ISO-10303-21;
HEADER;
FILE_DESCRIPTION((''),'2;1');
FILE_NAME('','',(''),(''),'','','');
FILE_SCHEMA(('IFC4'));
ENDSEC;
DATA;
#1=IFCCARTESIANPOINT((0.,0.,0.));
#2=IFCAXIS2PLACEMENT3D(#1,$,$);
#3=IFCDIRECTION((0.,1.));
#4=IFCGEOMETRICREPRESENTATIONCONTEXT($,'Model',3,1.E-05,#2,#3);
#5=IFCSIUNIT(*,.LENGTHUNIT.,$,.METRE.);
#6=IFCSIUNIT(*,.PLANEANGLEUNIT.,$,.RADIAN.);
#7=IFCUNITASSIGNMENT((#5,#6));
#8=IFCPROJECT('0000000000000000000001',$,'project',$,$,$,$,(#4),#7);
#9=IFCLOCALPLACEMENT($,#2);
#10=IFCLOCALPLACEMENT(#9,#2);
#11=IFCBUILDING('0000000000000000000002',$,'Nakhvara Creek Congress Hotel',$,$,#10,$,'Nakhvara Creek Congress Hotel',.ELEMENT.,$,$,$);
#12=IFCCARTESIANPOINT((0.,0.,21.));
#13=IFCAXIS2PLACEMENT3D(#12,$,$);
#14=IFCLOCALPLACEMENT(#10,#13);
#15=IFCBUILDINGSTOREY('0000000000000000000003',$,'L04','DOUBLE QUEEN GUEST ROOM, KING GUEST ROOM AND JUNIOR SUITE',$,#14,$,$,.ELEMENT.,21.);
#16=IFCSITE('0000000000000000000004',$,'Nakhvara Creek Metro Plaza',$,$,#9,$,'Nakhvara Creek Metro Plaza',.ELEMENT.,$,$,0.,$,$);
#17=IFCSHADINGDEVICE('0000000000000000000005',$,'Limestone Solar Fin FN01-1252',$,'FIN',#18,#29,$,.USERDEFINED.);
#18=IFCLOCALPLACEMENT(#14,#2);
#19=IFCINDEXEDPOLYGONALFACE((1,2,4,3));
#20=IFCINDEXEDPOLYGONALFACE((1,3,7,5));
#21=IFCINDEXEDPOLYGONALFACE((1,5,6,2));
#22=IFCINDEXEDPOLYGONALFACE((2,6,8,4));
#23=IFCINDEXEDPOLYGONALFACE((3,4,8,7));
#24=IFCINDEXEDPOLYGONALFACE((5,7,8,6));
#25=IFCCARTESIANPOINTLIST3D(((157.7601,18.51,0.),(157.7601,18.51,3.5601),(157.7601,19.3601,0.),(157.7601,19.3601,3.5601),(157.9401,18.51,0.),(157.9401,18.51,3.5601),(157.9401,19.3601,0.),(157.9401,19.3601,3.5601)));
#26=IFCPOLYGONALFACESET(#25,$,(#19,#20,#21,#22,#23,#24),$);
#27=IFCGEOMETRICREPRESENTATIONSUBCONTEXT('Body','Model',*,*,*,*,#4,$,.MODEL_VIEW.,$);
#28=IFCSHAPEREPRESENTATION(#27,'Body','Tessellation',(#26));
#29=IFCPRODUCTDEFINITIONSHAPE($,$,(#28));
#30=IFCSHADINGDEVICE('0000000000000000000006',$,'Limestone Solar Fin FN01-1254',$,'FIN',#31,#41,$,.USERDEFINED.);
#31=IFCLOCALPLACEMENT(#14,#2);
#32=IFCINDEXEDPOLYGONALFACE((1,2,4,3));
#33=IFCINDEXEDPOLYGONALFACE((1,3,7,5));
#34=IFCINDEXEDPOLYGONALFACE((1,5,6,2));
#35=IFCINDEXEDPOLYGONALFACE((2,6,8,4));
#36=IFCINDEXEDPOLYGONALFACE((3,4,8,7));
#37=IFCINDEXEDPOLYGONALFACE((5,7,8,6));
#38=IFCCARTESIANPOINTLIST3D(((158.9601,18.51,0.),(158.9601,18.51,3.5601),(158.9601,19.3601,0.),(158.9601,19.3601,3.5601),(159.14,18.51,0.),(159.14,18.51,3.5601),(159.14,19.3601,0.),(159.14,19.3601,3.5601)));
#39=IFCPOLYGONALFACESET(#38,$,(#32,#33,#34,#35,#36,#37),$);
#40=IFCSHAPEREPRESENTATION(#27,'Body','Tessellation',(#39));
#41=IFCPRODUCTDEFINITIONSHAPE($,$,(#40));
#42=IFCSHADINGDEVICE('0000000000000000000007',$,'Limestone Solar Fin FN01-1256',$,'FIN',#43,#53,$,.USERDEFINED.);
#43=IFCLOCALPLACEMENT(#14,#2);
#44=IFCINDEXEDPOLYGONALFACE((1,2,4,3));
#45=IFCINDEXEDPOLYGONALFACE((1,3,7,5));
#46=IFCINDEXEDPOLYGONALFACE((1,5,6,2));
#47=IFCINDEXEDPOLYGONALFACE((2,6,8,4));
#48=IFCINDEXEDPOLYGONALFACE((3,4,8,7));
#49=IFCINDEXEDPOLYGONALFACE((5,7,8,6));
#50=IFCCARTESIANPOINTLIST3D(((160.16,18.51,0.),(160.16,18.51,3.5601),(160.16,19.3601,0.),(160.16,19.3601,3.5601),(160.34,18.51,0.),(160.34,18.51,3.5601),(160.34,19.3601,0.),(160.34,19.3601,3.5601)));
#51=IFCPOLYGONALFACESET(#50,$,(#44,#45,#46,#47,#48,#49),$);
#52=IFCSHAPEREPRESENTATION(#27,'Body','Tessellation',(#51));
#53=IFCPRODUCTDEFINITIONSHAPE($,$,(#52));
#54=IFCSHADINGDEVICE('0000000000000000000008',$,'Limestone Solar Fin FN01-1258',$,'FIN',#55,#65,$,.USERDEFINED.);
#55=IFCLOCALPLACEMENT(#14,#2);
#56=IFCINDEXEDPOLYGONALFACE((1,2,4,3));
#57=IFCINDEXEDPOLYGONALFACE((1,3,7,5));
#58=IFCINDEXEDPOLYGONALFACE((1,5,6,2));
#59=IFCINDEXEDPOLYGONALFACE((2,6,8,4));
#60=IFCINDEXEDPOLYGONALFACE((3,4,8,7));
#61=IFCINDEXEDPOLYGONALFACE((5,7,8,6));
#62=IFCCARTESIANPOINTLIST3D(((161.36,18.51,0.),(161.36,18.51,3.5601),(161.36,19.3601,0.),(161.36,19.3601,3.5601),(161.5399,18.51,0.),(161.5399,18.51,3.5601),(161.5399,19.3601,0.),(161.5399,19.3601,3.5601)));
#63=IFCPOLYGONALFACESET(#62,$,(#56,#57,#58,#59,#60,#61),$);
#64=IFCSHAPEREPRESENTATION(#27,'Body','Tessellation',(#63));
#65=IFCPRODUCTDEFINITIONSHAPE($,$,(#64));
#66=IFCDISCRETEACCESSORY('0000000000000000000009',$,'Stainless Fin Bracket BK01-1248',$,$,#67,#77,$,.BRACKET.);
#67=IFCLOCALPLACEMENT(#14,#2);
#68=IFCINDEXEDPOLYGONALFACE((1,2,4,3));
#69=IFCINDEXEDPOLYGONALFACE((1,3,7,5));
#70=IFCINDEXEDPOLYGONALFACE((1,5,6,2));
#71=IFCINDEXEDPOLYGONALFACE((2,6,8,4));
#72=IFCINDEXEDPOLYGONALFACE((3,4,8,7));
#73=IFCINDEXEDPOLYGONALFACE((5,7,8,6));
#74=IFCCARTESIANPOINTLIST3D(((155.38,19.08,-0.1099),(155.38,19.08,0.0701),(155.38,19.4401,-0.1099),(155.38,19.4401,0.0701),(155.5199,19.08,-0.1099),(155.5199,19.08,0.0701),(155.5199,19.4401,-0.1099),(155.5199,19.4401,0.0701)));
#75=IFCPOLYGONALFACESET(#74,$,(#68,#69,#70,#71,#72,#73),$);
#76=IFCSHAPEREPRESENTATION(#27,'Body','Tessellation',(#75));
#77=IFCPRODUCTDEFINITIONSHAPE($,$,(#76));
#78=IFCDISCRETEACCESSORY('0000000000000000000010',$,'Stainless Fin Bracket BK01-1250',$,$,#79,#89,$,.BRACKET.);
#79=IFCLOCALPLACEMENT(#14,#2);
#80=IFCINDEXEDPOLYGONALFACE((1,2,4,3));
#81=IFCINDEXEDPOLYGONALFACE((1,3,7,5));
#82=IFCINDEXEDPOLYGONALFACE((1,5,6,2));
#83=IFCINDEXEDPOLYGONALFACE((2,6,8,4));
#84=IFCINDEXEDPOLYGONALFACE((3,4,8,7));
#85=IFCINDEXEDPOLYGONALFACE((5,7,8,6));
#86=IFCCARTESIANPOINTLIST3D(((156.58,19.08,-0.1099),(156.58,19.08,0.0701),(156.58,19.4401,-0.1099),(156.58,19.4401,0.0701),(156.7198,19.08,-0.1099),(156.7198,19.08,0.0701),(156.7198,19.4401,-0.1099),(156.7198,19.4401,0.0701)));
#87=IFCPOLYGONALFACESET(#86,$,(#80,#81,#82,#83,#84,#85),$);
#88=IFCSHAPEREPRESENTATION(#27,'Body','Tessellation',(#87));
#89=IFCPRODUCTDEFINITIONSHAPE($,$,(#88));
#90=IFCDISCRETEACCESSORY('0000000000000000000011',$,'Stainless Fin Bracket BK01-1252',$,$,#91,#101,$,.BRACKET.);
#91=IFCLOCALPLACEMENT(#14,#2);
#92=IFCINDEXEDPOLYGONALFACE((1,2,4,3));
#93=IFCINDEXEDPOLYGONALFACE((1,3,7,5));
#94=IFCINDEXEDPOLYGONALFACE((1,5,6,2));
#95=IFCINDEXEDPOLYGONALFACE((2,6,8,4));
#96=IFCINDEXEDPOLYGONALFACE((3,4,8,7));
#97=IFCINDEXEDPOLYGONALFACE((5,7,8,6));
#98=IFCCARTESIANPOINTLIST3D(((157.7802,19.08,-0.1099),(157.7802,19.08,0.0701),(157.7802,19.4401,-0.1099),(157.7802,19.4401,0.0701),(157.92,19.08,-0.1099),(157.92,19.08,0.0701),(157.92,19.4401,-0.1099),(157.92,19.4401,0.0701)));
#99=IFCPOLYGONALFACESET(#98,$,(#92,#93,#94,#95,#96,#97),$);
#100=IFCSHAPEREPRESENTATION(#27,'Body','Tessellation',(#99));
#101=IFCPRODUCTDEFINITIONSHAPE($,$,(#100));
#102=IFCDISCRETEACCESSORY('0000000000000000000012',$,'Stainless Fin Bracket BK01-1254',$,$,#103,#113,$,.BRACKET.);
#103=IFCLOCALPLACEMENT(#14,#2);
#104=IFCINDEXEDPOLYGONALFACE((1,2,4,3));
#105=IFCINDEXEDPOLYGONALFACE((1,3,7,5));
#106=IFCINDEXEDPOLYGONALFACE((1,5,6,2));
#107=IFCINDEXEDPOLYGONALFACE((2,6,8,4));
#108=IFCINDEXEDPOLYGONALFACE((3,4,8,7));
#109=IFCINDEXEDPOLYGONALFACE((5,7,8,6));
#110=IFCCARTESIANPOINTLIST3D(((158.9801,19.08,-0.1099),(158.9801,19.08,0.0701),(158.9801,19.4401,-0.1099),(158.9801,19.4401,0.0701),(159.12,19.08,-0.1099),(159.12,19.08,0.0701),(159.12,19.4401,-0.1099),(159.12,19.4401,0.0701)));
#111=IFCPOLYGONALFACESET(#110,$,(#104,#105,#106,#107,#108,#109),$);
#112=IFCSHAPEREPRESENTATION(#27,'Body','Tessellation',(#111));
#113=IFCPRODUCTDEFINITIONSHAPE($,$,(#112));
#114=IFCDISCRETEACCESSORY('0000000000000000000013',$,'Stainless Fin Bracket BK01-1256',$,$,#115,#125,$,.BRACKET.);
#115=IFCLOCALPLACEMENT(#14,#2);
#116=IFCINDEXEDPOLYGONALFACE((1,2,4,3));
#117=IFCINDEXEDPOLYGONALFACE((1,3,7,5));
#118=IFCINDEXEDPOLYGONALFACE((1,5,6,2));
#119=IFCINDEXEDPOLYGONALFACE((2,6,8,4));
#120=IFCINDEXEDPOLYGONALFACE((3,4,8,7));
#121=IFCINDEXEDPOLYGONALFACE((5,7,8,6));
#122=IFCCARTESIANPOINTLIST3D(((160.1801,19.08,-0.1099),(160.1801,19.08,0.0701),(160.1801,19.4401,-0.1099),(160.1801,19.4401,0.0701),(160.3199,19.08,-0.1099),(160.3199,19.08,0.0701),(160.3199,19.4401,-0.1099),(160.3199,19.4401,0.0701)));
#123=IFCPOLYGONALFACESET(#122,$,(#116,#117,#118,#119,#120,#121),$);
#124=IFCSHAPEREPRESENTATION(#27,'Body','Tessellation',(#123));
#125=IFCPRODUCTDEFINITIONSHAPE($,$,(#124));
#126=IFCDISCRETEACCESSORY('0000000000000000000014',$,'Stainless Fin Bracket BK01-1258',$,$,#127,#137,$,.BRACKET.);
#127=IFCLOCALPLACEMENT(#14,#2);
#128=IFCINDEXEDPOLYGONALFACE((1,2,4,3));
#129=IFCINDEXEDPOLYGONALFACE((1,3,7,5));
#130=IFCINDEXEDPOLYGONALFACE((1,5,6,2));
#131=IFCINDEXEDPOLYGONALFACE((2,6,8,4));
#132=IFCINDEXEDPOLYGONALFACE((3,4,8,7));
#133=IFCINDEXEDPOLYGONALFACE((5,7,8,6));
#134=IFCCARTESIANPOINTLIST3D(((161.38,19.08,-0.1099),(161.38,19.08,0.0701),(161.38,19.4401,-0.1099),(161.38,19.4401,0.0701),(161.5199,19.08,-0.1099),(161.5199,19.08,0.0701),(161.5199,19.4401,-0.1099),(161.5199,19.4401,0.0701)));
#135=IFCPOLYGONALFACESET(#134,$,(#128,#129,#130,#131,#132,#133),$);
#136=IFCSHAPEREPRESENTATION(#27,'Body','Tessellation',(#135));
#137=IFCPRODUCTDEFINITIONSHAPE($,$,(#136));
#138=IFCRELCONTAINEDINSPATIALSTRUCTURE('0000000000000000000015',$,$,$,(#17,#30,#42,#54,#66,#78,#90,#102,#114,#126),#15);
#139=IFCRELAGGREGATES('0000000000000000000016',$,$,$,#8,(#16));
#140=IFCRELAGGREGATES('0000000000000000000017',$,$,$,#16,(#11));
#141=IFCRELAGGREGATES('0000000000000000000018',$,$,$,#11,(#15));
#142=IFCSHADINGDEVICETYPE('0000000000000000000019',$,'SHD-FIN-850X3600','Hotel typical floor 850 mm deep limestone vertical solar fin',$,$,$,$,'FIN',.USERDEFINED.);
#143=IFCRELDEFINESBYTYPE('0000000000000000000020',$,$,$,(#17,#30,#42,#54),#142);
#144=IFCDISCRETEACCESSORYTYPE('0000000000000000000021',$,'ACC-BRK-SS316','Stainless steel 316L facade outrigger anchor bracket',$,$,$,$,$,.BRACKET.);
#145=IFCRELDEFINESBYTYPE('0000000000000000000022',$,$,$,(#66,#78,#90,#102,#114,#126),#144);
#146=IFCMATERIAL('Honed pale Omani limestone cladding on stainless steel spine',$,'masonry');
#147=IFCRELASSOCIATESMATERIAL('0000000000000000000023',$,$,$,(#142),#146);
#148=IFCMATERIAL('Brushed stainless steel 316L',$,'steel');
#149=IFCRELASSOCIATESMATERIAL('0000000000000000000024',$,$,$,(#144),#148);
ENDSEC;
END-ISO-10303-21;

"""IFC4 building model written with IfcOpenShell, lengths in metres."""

from ifc_helpers import new_model, si_unit, direction, frame, origin, origin_2d, place, context, subcontext, project, spatial, rectangle, extrude, material, type_object, element, save


model = new_model("IFC4")

# Units and contexts
model_context = context("Model", 3, precision=1e-05, world=origin(), true_north=direction((0.0, 1.0)))
body_context = subcontext(model_context, "Body", "Model", "MODEL_VIEW")
ifc_project = project(units=[si_unit("LENGTHUNIT", "METRE"), si_unit("PLANEANGLEUNIT", "RADIAN")], contexts=[model_context])

# Site, building, storey
site_placement = place(None, origin())
site = spatial("IfcSite", under=ifc_project, at=site_placement, Name="Nakhvara Creek Metro Plaza", LongName="Nakhvara Creek Metro Plaza", CompositionType="ELEMENT", RefElevation=0.0)
building_placement = place(site_placement, origin())
building = spatial("IfcBuilding", under=site, at=building_placement, Name="Nakhvara Creek Congress Hotel", LongName="Nakhvara Creek Congress Hotel", CompositionType="ELEMENT")
storey_placement = place(building_placement, frame((0.0, 0.0, 21.0)))
storey = spatial("IfcBuildingStorey", under=building, at=storey_placement, Name="L04", Description="DOUBLE QUEEN GUEST ROOM, KING GUEST ROOM AND JUNIOR SUITE", CompositionType="ELEMENT", Elevation=21.0)

# Shading devices
ifc_material_1 = material(Name="Honed pale Omani limestone cladding on stainless steel spine", Category="masonry")
shading_device_type = type_object("IfcShadingDeviceType", Name="SHD-FIN-850X3600", Description="Hotel typical floor 850 mm deep limestone vertical solar fin", ElementType="FIN", PredefinedType="USERDEFINED", material=ifc_material_1)
for number, where, z_axis, x_axis, name in (
    (1, (157.8501, 18.9351, 0.0), (0.0, 0.0, 1.0), (1.0, 0.0, 0.0), "Limestone Solar Fin FN01-1252"),
    (2, (159.05, 18.9351, 0.0), (0.0, 0.0, 1.0), (1.0, 0.0, 0.0), "Limestone Solar Fin FN01-1254"),
    (3, (160.25, 18.9351, 0.0), (0.0, 0.0, 1.0), (1.0, 0.0, 0.0), "Limestone Solar Fin FN01-1256"),
    (4, (161.45, 18.9351, 0.0), (0.0, 0.0, 1.0), (1.0, 0.0, 0.0), "Limestone Solar Fin FN01-1258"),
):
    element("IfcShadingDevice", number, at=place(storey_placement, frame(where, z_axis=z_axis, x_axis=x_axis)), inside=storey, type_object=shading_device_type, Name=name, ObjectType="FIN", PredefinedType="USERDEFINED", context=body_context, shape_type="SweptSolid", body=[
        extrude(rectangle(XDim=0.1799, YDim=0.8501, at=origin_2d()), origin(), (0.0, 0.0, 1.0), 3.5601),
    ])

# Discrete accessories
ifc_material_2 = material(Name="Brushed stainless steel 316L", Category="steel")
discrete_accessory_type = type_object("IfcDiscreteAccessoryType", Name="ACC-BRK-SS316", Description="Stainless steel 316L facade outrigger anchor bracket", PredefinedType="BRACKET", material=ifc_material_2)
for number, where, z_axis, x_axis, name in (
    (5, (155.45, 19.26, -0.1099), (0.0, 0.0, 1.0), (1.0, 0.0, 0.0), "Stainless Fin Bracket BK01-1248"),
    (6, (156.6499, 19.26, -0.1099), (0.0, 0.0, 1.0), (1.0, 0.0, 0.0), "Stainless Fin Bracket BK01-1250"),
    (7, (157.8501, 19.26, -0.1099), (0.0, 0.0, 1.0), (1.0, 0.0, 0.0), "Stainless Fin Bracket BK01-1252"),
    (8, (159.05, 19.26, -0.1099), (0.0, 0.0, 1.0), (1.0, 0.0, 0.0), "Stainless Fin Bracket BK01-1254"),
    (9, (160.25, 19.26, -0.1099), (0.0, 0.0, 1.0), (1.0, 0.0, 0.0), "Stainless Fin Bracket BK01-1256"),
    (10, (161.45, 19.26, -0.1099), (0.0, 0.0, 1.0), (1.0, 0.0, 0.0), "Stainless Fin Bracket BK01-1258"),
):
    element("IfcDiscreteAccessory", number, at=place(storey_placement, frame(where, z_axis=z_axis, x_axis=x_axis)), inside=storey, type_object=discrete_accessory_type, Name=name, PredefinedType="BRACKET", context=body_context, shape_type="SweptSolid", body=[
        extrude(rectangle(XDim=0.1399, YDim=0.3601, at=origin_2d()), origin(), (0.0, 0.0, 1.0), 0.1799),
    ])

save(model, "model.ifc")
